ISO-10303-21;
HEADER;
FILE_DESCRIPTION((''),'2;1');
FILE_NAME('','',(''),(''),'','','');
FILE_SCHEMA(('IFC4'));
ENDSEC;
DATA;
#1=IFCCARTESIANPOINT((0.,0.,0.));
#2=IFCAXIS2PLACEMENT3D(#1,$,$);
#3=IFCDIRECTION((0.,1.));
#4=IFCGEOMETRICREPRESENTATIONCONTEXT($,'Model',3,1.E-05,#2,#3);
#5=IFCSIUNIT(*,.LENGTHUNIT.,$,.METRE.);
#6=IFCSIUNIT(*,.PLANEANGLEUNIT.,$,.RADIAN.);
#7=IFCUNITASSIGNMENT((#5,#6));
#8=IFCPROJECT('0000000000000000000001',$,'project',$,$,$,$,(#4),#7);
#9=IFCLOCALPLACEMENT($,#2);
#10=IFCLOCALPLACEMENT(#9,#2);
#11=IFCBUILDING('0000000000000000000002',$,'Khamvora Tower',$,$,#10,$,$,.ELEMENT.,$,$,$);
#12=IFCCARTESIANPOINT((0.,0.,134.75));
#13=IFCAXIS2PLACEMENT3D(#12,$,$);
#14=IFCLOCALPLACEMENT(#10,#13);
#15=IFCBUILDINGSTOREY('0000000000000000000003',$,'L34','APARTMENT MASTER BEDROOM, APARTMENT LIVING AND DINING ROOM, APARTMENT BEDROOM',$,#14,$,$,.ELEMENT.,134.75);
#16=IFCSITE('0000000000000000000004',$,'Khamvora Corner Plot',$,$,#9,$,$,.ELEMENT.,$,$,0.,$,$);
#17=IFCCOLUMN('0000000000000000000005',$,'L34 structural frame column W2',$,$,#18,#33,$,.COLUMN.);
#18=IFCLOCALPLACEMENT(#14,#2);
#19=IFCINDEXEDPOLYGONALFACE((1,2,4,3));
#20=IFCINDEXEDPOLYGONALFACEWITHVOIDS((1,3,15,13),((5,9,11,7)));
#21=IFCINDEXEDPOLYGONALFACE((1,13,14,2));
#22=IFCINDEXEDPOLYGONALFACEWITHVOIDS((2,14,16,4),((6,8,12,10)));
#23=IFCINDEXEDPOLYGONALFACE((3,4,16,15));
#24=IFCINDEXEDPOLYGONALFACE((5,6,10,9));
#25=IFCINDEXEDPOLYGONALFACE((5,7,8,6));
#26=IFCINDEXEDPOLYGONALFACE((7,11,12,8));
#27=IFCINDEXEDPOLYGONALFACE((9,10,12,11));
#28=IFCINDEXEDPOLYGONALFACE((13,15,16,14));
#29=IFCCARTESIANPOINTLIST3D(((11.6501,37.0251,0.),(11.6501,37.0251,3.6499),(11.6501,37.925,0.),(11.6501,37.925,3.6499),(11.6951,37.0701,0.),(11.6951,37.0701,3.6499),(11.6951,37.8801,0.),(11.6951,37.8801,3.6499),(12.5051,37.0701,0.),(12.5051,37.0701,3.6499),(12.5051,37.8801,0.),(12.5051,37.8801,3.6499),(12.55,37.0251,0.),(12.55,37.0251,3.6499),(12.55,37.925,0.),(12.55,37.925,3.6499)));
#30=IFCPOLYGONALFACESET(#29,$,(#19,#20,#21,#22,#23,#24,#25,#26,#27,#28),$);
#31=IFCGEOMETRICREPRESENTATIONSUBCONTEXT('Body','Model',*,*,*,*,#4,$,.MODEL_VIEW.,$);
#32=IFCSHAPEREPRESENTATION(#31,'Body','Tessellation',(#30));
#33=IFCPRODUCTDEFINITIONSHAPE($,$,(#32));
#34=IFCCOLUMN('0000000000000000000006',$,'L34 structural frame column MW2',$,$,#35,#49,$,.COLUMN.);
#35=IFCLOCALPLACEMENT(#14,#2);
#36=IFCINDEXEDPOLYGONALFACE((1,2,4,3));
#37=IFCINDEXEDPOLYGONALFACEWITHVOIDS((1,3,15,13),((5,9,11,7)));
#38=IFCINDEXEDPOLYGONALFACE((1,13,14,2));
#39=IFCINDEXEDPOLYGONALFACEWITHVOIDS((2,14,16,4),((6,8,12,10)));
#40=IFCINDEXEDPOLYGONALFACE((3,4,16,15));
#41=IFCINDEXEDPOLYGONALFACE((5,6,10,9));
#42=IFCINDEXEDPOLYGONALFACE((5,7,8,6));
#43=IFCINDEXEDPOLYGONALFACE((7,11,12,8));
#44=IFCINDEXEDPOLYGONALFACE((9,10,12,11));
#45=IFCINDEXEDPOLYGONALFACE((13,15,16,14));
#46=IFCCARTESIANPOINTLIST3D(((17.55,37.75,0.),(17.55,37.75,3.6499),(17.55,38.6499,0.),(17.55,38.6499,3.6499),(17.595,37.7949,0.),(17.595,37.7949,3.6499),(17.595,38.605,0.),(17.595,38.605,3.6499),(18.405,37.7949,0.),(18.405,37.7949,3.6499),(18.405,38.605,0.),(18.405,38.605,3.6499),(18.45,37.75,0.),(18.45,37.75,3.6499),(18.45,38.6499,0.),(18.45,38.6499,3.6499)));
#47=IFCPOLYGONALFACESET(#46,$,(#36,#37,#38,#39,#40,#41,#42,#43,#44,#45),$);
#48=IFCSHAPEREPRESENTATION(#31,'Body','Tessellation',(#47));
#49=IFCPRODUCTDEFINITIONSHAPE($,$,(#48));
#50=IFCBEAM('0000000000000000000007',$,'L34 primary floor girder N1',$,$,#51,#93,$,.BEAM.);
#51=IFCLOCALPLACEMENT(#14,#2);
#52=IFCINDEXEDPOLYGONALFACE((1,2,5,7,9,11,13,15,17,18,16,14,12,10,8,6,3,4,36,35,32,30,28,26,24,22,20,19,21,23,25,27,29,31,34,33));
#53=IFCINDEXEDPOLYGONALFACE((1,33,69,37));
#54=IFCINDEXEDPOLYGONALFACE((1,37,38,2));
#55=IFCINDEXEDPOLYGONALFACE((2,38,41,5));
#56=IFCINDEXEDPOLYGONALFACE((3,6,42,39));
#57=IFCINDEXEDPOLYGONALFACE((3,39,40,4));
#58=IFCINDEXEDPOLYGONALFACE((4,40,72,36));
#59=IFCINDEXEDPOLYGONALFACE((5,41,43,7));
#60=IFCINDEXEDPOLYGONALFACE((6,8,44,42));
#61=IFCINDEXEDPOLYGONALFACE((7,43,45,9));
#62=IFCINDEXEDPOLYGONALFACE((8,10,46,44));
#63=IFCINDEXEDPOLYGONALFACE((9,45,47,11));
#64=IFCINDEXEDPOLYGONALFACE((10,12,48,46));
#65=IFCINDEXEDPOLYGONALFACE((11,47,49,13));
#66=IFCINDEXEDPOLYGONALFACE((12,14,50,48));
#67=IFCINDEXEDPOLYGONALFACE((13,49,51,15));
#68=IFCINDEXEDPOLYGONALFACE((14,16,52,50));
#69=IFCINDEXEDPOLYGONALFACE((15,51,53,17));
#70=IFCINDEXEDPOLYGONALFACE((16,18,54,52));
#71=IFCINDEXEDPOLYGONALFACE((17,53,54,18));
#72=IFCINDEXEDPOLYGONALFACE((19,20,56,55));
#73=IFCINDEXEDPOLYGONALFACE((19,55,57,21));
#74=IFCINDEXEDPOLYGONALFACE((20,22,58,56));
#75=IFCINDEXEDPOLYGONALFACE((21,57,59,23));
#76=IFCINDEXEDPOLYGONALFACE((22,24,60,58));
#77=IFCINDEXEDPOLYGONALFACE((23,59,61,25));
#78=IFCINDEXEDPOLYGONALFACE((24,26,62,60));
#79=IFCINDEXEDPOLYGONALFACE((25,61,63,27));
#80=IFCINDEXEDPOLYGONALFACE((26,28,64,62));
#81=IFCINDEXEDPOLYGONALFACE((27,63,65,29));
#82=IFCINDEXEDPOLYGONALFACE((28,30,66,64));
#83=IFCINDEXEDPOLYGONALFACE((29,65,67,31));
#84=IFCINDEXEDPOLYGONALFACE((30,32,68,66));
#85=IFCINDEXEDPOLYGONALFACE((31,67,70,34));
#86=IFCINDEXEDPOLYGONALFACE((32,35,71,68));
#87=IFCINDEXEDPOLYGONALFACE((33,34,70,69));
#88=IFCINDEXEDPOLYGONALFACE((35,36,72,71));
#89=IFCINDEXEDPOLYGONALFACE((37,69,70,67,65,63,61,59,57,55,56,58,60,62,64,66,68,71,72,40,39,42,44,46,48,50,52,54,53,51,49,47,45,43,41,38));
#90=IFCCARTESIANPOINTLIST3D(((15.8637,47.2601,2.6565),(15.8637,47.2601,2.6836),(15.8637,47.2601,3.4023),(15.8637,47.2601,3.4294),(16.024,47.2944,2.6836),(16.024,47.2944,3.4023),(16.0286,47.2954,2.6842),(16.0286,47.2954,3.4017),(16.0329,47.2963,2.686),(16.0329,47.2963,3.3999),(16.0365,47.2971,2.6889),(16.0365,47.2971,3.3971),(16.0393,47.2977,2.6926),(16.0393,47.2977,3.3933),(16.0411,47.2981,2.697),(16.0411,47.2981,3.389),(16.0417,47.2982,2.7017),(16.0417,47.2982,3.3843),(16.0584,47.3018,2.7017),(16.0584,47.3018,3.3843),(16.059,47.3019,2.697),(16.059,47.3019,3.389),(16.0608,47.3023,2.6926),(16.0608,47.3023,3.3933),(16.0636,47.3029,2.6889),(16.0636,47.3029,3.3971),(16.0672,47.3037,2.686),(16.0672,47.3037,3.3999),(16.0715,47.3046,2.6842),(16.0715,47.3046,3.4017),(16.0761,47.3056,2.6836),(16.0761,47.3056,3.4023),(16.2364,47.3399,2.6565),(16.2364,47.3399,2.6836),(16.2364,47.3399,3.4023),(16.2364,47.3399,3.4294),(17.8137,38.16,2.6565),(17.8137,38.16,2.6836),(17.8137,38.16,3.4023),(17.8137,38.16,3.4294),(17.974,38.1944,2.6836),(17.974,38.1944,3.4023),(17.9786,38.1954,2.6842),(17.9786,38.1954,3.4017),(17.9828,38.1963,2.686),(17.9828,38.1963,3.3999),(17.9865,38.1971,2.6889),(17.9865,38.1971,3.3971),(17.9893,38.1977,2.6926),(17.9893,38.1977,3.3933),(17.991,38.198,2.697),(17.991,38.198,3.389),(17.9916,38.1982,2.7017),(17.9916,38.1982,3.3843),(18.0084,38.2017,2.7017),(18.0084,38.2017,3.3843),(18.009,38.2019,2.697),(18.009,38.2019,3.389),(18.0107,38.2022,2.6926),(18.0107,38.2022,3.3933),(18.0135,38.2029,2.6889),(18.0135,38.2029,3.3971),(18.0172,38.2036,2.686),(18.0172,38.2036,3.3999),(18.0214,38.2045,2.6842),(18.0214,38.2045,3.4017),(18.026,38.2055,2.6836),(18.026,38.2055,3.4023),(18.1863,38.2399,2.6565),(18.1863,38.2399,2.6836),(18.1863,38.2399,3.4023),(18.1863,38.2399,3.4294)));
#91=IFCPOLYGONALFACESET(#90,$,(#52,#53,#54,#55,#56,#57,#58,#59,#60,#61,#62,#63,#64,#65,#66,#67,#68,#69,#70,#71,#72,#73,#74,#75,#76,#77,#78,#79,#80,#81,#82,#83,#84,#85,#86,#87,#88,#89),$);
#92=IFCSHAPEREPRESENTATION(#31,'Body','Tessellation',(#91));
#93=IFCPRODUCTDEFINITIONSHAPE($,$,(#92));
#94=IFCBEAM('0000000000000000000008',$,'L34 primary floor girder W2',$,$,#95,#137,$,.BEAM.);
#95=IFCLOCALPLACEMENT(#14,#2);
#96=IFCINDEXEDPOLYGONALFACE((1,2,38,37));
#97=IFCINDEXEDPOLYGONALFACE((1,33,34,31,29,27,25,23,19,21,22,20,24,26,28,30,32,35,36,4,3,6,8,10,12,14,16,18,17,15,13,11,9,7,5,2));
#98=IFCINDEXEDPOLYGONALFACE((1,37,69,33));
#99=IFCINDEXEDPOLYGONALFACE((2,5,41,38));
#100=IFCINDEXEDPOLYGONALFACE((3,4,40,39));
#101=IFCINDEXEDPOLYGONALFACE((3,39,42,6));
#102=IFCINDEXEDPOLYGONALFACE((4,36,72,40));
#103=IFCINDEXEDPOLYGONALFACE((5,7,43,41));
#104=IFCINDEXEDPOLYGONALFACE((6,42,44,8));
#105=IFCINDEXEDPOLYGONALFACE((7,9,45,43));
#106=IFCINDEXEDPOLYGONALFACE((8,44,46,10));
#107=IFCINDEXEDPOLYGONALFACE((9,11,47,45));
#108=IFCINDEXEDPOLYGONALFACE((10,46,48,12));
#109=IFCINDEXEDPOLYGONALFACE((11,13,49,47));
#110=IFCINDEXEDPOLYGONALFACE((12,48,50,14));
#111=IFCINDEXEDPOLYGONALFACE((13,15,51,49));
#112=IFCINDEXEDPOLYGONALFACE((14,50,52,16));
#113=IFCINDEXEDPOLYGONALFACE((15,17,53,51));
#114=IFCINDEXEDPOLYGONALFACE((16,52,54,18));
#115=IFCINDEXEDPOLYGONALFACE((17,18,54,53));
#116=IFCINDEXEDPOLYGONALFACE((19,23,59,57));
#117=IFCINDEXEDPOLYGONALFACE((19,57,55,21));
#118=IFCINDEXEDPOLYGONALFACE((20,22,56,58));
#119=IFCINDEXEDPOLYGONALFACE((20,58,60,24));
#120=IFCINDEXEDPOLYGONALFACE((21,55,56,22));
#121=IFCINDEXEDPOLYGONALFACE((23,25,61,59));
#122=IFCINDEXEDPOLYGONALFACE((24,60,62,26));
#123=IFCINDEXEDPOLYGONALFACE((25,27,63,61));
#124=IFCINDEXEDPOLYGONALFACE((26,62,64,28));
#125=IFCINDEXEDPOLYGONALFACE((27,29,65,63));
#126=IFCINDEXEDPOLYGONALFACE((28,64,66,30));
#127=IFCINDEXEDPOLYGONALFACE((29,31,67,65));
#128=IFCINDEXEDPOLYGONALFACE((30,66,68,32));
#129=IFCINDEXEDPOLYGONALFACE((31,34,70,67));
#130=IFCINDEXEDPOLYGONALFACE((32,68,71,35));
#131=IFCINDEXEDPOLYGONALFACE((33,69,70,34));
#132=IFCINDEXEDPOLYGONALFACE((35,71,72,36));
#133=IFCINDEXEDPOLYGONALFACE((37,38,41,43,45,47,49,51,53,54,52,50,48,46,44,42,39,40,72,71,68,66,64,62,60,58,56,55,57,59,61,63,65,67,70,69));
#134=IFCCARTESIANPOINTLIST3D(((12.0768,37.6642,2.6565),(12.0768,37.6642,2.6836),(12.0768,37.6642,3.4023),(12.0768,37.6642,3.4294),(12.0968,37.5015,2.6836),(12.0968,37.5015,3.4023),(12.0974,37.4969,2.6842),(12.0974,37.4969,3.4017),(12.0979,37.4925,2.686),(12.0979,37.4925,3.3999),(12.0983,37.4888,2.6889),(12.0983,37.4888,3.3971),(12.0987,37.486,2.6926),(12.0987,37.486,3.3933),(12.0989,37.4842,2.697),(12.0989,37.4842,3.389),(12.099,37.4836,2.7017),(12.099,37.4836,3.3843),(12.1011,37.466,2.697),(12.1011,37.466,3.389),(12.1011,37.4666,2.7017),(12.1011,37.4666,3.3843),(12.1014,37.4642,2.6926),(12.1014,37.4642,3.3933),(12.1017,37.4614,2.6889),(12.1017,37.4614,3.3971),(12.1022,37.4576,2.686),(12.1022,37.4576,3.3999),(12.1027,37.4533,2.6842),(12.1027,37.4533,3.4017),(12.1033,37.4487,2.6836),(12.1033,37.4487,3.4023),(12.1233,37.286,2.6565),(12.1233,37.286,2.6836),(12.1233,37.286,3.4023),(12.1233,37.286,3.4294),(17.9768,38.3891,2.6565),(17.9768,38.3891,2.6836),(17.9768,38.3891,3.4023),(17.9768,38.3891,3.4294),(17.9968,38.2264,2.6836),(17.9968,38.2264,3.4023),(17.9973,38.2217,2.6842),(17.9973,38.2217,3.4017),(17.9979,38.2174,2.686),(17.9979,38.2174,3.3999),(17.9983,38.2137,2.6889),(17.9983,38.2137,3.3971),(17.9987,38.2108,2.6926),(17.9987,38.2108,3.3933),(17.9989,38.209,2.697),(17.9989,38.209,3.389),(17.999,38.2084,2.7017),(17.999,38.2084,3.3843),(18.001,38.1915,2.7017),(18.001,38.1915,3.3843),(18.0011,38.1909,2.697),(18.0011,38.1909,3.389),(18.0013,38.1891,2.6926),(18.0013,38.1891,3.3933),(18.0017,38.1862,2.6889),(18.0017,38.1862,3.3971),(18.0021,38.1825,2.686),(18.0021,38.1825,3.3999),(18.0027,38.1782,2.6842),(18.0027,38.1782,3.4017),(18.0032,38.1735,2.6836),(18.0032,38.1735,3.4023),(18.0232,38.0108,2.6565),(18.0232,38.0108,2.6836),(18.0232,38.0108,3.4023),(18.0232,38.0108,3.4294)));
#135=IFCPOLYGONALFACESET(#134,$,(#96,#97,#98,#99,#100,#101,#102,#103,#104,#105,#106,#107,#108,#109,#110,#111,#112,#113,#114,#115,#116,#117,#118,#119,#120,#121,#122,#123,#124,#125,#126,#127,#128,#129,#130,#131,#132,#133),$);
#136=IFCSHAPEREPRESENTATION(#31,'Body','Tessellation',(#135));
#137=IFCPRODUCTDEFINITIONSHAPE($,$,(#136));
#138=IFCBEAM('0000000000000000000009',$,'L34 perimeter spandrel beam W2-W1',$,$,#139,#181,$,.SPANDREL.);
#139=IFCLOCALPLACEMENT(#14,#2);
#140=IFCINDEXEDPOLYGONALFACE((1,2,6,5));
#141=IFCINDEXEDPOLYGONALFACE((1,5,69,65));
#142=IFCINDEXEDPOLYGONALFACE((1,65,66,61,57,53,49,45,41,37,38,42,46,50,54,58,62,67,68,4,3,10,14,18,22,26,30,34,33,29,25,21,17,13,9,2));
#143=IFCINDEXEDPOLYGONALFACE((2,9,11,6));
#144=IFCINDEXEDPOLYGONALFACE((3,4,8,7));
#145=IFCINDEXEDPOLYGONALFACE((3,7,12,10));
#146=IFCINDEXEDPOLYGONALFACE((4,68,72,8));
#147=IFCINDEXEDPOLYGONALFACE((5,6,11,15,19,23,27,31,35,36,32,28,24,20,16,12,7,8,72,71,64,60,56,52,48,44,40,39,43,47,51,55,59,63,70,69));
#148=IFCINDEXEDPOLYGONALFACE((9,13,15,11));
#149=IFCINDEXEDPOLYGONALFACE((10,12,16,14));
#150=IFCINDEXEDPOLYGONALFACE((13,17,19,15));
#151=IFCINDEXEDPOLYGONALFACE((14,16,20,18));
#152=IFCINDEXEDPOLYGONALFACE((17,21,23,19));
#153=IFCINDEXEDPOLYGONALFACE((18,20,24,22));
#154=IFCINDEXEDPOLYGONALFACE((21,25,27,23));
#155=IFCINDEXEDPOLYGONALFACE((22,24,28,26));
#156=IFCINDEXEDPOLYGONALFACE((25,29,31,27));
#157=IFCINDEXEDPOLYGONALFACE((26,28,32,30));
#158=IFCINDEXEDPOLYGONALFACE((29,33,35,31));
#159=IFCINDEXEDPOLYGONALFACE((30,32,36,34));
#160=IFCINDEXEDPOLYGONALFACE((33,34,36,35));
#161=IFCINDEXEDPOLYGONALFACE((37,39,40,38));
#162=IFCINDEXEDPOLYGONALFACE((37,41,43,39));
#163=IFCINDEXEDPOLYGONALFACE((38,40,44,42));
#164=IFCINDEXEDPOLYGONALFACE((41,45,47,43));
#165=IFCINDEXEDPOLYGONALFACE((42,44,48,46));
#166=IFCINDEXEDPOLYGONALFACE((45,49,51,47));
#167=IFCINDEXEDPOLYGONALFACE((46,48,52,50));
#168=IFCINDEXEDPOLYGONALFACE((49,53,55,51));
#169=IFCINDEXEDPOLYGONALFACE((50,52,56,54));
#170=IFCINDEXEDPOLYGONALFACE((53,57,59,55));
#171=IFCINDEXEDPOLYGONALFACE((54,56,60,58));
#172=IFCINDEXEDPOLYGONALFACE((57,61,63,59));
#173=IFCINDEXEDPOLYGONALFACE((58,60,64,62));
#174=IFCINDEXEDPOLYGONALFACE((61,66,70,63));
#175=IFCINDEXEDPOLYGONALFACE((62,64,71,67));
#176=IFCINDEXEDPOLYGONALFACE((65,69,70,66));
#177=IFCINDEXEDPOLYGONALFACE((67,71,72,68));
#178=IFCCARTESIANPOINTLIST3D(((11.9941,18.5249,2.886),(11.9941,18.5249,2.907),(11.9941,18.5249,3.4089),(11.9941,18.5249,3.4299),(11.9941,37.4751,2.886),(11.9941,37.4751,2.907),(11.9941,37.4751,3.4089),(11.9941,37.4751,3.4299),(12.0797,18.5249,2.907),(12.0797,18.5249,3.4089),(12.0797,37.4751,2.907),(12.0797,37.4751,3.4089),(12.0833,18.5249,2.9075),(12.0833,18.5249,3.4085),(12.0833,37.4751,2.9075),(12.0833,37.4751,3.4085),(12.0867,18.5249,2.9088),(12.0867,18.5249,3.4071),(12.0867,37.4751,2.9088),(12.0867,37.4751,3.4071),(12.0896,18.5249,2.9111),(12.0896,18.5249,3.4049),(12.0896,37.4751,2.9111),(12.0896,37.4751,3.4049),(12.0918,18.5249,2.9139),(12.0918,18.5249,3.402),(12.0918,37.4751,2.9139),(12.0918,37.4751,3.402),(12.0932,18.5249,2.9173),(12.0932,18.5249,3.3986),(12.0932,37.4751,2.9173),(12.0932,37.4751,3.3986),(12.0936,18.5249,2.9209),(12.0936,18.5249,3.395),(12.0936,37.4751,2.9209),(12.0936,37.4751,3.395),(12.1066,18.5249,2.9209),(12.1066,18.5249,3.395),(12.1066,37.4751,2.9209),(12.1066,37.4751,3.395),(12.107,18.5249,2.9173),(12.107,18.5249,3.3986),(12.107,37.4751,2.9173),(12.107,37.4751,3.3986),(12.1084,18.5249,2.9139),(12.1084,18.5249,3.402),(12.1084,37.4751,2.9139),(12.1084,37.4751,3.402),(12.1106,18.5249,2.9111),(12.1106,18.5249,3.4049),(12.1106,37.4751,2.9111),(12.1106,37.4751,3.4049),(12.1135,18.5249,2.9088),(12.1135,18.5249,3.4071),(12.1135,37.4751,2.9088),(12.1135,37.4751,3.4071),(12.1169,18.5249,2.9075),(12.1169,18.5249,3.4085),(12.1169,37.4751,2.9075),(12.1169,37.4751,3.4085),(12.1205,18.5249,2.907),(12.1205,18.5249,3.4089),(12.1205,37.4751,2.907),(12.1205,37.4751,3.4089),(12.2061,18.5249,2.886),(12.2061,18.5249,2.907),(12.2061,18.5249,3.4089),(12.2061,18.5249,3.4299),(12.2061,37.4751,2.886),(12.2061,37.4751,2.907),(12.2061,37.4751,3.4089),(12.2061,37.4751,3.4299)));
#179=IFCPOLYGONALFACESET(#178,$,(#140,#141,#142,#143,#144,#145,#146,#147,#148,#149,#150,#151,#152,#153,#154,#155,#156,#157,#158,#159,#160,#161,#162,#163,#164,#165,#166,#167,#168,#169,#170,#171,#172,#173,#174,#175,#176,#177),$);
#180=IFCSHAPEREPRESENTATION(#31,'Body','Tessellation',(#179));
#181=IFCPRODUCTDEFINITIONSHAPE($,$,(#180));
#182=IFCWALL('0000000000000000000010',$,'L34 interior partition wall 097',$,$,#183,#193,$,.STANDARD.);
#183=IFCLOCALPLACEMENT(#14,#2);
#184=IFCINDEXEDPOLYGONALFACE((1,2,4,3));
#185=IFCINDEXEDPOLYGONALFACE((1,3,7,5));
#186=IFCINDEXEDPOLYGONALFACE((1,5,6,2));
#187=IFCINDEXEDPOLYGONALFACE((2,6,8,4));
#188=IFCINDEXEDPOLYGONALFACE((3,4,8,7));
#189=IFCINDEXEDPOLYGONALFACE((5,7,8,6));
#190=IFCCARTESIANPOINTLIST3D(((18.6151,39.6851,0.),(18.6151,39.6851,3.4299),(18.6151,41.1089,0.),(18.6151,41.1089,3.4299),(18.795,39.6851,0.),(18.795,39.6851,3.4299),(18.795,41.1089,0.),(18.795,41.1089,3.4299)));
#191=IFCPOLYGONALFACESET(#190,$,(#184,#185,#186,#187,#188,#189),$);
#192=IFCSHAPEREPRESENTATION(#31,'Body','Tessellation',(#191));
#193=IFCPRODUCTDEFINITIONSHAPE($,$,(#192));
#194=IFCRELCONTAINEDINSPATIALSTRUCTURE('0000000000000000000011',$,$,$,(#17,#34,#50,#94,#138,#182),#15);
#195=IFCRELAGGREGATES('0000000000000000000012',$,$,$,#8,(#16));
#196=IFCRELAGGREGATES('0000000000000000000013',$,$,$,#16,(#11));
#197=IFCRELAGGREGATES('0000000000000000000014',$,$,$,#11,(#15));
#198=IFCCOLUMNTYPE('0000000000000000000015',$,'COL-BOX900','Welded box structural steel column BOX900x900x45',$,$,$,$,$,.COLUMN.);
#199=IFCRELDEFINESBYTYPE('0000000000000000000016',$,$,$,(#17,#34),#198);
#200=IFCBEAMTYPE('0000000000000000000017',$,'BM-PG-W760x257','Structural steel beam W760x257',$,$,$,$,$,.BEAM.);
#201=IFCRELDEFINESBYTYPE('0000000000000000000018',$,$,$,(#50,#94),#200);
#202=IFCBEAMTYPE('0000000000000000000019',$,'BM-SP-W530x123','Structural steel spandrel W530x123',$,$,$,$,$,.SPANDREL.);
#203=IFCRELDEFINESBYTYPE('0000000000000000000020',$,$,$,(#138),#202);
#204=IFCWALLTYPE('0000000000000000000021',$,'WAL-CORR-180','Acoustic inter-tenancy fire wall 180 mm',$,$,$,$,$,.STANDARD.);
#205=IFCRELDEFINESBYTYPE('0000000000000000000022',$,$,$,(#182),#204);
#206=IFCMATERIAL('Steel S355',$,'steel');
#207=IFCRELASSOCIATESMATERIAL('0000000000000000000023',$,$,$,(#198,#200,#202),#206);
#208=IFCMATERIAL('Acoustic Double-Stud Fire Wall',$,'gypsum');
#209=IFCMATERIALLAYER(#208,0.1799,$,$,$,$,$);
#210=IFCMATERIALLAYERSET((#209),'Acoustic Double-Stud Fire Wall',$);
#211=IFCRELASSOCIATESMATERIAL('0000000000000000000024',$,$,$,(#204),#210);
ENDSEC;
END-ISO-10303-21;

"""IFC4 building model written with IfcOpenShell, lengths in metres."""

from ifc_helpers import new_model, si_unit, direction, frame, frame_2d, origin, origin_2d, place, context, subcontext, project, spatial, rectangle, hollow_rectangle, i_section, extrude, material, layer, layer_set, material_profile, profile_set, type_object, element, save


model = new_model("IFC4")

# Units and contexts
model_context = context("Model", 3, precision=1e-05, world=origin(), true_north=direction((0.0, 1.0)))
body_context = subcontext(model_context, "Body", "Model", "MODEL_VIEW")
ifc_project = project(units=[si_unit("LENGTHUNIT", "METRE"), si_unit("PLANEANGLEUNIT", "RADIAN")], contexts=[model_context])

# Site, building, storey
site_placement = place(None, origin())
site = spatial("IfcSite", under=ifc_project, at=site_placement, Name="Khamvora Corner Plot", CompositionType="ELEMENT", RefElevation=0.0)
building_placement = place(site_placement, origin())
building = spatial("IfcBuilding", under=site, at=building_placement, Name="Khamvora Tower", CompositionType="ELEMENT")
storey_placement = place(building_placement, frame((0.0, 0.0, 134.75)))
storey = spatial("IfcBuildingStorey", under=building, at=storey_placement, Name="L34", Description="APARTMENT MASTER BEDROOM, APARTMENT LIVING AND DINING ROOM, APARTMENT BEDROOM", CompositionType="ELEMENT", Elevation=134.75)

# Columns
ifc_material_1 = material(Name="Steel S355", Category="steel")
ifc_material_profile_1 = material_profile(ifc_material_1, hollow_rectangle(XDim=0.8999, YDim=0.8999, WallThickness=0.0449, at=origin_2d()), Name="BOX900x900x45")
ifc_profile_set_1 = profile_set([ifc_material_profile_1], Name="Steel S355")
column_type = type_object("IfcColumnType", Name="COL-BOX900", Description="Welded box structural steel column BOX900x900x45", PredefinedType="COLUMN", material=ifc_profile_set_1)
for number, where, z_axis, x_axis, name in (
    (1, (12.1001, 37.4751, 0.0), (0.0, 0.0, 1.0), (1.0, 0.0, 0.0), "L34 structural frame column W2"),
    (2, (18.0, 38.2, 0.0), (0.0, 0.0, 1.0), (1.0, 0.0, 0.0), "L34 structural frame column MW2"),
):
    element("IfcColumn", number, at=place(storey_placement, frame(where, z_axis=z_axis, x_axis=x_axis)), inside=storey, type_object=column_type, Name=name, PredefinedType="COLUMN", context=body_context, shape_type="SweptSolid", body=[
        extrude(hollow_rectangle(XDim=0.8999, YDim=0.8999, WallThickness=0.0449, at=origin_2d()), origin(), (0.0, 0.0, 1.0), 3.6499),
    ])

# Beams
ifc_material_profile_2 = material_profile(ifc_material_1, i_section(OverallWidth=0.3811, OverallDepth=0.7729, WebThickness=0.0171, FlangeThickness=0.0271, FilletRadius=0.0181, at=origin_2d()), Name="W760x257")
ifc_profile_set_2 = profile_set([ifc_material_profile_2], Name="Steel S355")
beam_type_1 = type_object("IfcBeamType", Name="BM-PG-W760x257", Description="Structural steel beam W760x257", PredefinedType="BEAM", material=ifc_profile_set_2)
beam_1_placement = place(storey_placement, frame((18.0, 38.2, 3.043), z_axis=(-0.209522, 0.977804, 0.0), x_axis=(-0.977804, -0.209522, 0.0)))
element("IfcBeam", 3, at=beam_1_placement, inside=storey, type_object=beam_type_1, Name="L34 primary floor girder N1", PredefinedType="BEAM", context=body_context, shape_type="SweptSolid", body=[
    extrude(i_section(OverallWidth=0.3811, OverallDepth=0.7729, WebThickness=0.0171, FlangeThickness=0.0271, FilletRadius=0.0181, at=origin_2d()), origin(), (0.0, 0.0, 1.0), 9.3066),
])
beam_2_placement = place(storey_placement, frame((18.0, 38.2, 3.043), z_axis=(-0.992537, -0.121942, 0.0), x_axis=(0.121942, -0.992537, 0.0)))
element("IfcBeam", 4, at=beam_2_placement, inside=storey, type_object=beam_type_1, Name="L34 primary floor girder W2", PredefinedType="BEAM", context=body_context, shape_type="SweptSolid", body=[
    extrude(i_section(OverallWidth=0.3811, OverallDepth=0.7729, WebThickness=0.0171, FlangeThickness=0.0271, FilletRadius=0.0181, at=origin_2d()), origin(), (0.0, 0.0, 1.0), 5.9443),
])
ifc_material_profile_3 = material_profile(ifc_material_1, i_section(OverallWidth=0.2119, OverallDepth=0.5439, WebThickness=0.0129, FlangeThickness=0.021, FilletRadius=0.0139, at=origin_2d()), Name="W530x123")
ifc_profile_set_3 = profile_set([ifc_material_profile_3], Name="Steel S355")
beam_type_2 = type_object("IfcBeamType", Name="BM-SP-W530x123", Description="Structural steel spandrel W530x123", PredefinedType="SPANDREL", material=ifc_profile_set_3)
beam_3_placement = place(storey_placement, frame((12.1001, 37.4751, 3.158), z_axis=(0.0, -1.0, 0.0), x_axis=(1.0, 0.0, 0.0)))
element("IfcBeam", 5, at=beam_3_placement, inside=storey, type_object=beam_type_2, Name="L34 perimeter spandrel beam W2-W1", PredefinedType="SPANDREL", context=body_context, shape_type="SweptSolid", body=[
    extrude(i_section(OverallWidth=0.2119, OverallDepth=0.5439, WebThickness=0.0129, FlangeThickness=0.021, FilletRadius=0.0139, at=origin_2d()), origin(), (0.0, 0.0, 1.0), 18.9502),
])

# Wall
ifc_material_2 = material(Name="Acoustic Double-Stud Fire Wall", Category="gypsum")
ifc_layer_1 = layer(ifc_material_2, 0.1799)
ifc_layer_set_1 = layer_set([ifc_layer_1], Name="Acoustic Double-Stud Fire Wall")
wall_type_1 = type_object("IfcWallType", Name="WAL-CORR-180", Description="Acoustic inter-tenancy fire wall 180 mm", PredefinedType="STANDARD", material=ifc_layer_set_1)
wall_1_placement = place(storey_placement, frame((18.7051, 41.1089, 0.0), z_axis=(0.0, 0.0, 1.0), x_axis=(0.0, -1.0, 0.0)))
element("IfcWall", 6, at=wall_1_placement, inside=storey, type_object=wall_type_1, Name="L34 interior partition wall 097", PredefinedType="STANDARD", context=body_context, shape_type="SweptSolid", body=[
    extrude(rectangle(XDim=1.4238, YDim=0.1799, at=frame_2d((0.7119, 0.0))), origin(), (0.0, 0.0, 1.0), 3.4299),
])

save(model, "model.ifc")
